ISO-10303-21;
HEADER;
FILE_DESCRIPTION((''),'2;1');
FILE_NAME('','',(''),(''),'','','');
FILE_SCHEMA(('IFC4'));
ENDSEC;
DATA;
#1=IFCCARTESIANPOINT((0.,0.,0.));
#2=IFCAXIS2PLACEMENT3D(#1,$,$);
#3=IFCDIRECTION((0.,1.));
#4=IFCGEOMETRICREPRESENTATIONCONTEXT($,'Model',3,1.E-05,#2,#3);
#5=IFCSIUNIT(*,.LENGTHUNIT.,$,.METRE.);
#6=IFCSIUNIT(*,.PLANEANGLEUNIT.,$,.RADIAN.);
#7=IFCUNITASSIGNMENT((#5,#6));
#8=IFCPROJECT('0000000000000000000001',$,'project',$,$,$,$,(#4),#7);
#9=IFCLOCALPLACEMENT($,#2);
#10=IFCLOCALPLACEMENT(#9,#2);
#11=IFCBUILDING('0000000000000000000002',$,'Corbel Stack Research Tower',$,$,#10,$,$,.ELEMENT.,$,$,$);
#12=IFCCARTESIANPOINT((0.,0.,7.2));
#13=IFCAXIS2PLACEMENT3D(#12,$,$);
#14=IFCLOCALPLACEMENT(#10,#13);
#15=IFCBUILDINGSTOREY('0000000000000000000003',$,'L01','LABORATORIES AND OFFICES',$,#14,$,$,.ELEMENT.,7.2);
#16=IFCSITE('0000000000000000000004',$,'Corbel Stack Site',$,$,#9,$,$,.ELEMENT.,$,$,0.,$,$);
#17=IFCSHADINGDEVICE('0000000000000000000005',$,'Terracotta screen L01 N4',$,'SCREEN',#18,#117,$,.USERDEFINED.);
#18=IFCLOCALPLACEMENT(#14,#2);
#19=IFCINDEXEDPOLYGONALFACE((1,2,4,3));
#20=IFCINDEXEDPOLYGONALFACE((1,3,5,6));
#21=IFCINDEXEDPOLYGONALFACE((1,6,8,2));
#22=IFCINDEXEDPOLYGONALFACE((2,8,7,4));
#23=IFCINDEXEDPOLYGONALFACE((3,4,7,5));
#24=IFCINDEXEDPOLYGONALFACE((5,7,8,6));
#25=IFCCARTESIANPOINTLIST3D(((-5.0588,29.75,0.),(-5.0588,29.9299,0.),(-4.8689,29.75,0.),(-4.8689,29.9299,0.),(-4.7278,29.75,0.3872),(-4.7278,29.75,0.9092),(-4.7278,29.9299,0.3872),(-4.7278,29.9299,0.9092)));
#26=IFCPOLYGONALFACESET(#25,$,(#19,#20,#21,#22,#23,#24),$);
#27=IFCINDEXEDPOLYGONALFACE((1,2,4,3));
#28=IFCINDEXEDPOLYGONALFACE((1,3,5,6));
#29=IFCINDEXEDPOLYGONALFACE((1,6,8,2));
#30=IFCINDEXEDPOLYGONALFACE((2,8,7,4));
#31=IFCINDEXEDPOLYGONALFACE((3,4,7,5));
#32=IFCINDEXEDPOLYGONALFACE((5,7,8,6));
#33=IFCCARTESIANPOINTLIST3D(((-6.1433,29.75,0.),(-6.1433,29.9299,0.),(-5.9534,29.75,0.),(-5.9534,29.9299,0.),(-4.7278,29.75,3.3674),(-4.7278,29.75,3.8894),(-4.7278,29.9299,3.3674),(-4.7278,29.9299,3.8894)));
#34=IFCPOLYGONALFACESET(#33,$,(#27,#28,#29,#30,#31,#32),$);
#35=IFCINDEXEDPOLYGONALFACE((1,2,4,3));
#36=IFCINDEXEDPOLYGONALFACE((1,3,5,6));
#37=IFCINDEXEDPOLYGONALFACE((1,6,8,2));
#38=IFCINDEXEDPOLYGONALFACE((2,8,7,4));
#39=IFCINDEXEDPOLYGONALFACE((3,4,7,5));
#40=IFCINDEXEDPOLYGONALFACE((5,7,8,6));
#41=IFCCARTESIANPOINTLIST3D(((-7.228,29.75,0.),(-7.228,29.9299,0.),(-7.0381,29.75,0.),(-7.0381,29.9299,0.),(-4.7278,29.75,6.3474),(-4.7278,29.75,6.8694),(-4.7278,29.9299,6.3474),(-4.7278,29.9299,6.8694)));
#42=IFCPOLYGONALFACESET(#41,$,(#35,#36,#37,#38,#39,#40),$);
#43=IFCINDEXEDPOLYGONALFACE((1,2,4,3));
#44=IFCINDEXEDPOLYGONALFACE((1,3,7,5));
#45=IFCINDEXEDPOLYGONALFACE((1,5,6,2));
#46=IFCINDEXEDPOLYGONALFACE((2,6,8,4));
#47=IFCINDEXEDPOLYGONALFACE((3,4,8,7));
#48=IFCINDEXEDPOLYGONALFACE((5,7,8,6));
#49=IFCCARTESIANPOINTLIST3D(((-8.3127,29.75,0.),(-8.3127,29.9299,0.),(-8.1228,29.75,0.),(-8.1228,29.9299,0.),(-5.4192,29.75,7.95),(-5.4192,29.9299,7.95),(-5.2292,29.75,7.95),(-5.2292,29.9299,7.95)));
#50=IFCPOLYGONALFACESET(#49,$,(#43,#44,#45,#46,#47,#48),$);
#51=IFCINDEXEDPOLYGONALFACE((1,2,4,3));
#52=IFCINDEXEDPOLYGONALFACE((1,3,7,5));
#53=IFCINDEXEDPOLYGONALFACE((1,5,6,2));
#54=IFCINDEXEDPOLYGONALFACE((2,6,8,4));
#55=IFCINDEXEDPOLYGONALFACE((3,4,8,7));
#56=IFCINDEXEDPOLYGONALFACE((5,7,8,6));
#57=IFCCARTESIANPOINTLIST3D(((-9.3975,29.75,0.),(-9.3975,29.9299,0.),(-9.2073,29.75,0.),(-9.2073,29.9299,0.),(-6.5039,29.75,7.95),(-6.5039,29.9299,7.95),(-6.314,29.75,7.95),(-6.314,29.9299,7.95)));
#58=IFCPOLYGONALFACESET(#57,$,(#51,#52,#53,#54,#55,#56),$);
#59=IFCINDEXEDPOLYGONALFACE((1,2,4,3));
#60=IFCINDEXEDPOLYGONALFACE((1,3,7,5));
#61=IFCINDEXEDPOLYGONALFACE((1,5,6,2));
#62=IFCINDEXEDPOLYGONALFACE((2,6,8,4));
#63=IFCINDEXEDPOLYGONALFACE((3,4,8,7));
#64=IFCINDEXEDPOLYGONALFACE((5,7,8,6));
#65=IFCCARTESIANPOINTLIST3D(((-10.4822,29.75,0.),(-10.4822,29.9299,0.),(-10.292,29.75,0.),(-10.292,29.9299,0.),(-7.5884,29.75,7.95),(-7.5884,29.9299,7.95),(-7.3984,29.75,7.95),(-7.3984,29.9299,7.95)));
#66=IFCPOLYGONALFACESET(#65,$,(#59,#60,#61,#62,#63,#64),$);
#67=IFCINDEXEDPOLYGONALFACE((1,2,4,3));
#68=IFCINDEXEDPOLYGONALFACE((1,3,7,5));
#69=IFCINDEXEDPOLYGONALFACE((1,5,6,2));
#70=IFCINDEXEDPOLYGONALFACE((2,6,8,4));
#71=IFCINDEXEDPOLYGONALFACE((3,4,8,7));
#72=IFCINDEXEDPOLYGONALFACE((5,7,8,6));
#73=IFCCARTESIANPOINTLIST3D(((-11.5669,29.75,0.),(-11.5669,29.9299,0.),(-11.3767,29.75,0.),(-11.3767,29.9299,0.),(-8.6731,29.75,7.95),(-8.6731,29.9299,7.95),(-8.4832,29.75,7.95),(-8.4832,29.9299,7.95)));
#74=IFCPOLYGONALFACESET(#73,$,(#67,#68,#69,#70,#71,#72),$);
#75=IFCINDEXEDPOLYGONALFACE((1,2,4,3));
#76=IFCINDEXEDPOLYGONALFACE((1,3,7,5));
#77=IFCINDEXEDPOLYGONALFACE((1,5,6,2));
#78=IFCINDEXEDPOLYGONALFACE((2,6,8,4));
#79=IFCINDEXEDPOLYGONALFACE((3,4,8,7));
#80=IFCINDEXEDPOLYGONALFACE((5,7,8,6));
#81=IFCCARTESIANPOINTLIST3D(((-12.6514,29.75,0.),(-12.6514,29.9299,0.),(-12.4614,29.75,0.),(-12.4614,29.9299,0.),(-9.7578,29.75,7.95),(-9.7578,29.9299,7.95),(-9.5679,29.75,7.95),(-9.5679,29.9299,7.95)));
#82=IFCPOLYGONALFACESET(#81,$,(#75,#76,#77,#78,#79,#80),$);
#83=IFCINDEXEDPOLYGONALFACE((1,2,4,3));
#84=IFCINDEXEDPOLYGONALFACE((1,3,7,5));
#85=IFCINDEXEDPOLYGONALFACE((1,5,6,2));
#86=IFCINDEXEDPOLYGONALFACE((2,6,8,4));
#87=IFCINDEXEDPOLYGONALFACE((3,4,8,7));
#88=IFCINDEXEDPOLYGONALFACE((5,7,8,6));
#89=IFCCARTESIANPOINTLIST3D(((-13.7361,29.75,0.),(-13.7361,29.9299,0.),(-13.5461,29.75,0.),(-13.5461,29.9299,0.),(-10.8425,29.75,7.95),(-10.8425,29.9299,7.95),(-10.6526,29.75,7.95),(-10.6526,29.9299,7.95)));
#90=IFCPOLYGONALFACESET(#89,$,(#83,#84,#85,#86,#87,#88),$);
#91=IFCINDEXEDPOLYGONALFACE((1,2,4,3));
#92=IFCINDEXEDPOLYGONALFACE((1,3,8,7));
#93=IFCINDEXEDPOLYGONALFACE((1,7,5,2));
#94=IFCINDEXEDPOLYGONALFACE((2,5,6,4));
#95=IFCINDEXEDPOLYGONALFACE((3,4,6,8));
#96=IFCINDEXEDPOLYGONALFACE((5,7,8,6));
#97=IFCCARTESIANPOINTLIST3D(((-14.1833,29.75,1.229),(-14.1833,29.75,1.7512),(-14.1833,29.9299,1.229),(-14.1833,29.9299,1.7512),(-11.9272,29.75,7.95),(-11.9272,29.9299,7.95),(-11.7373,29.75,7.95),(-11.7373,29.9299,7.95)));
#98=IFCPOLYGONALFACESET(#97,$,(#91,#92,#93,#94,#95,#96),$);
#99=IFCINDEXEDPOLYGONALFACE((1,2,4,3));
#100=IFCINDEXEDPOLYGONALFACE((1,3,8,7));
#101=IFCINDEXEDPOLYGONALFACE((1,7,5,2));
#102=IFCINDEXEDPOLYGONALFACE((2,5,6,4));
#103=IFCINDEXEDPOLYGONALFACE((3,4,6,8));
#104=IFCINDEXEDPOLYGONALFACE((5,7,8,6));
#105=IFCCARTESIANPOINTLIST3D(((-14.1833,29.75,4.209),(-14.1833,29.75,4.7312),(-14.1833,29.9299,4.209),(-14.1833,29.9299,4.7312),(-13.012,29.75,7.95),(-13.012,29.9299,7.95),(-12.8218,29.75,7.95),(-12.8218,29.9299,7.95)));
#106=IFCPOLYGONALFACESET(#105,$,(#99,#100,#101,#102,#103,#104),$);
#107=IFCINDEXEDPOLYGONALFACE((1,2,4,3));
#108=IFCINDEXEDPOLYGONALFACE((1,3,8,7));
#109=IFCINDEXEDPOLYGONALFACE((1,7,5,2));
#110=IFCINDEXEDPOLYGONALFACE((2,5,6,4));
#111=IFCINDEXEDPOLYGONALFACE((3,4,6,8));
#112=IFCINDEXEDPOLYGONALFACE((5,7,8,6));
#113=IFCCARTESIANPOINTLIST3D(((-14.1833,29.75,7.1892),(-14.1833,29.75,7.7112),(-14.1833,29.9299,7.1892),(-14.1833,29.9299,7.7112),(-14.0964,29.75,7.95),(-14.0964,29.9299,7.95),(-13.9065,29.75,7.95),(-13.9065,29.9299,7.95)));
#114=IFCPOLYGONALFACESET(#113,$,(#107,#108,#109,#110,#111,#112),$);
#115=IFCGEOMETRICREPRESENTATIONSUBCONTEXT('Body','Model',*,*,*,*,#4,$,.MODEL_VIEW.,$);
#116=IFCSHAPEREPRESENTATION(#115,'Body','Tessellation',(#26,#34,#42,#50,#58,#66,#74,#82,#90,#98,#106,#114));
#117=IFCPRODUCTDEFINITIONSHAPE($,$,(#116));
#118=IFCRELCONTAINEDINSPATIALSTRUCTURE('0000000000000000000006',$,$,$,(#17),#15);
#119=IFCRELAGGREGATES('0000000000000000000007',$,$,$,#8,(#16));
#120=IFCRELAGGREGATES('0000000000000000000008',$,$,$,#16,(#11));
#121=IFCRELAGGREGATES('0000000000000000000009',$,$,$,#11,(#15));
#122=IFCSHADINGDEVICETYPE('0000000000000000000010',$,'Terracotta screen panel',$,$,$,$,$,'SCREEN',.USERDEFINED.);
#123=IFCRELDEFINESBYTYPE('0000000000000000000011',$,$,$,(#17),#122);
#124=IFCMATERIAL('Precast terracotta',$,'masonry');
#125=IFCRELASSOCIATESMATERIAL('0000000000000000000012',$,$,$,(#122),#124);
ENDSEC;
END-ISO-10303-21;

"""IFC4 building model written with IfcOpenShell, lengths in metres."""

from ifc_helpers import new_model, si_unit, direction, frame, origin, place, context, subcontext, project, spatial, polyline, outline, extrude, source, transform, mapped, material, type_object, element, save


model = new_model("IFC4")

# Units and contexts
model_context = context("Model", 3, precision=1e-05, world=origin(), true_north=direction((0.0, 1.0)))
body_context = subcontext(model_context, "Body", "Model", "MODEL_VIEW")
ifc_project = project(units=[si_unit("LENGTHUNIT", "METRE"), si_unit("PLANEANGLEUNIT", "RADIAN")], contexts=[model_context])

# Site, building, storey
site_placement = place(None, origin())
site = spatial("IfcSite", under=ifc_project, at=site_placement, Name="Corbel Stack Site", CompositionType="ELEMENT", RefElevation=0.0)
building_placement = place(site_placement, origin())
building = spatial("IfcBuilding", under=site, at=building_placement, Name="Corbel Stack Research Tower", CompositionType="ELEMENT")
storey_placement = place(building_placement, frame((0.0, 0.0, 7.2)))
storey = spatial("IfcBuildingStorey", under=building, at=storey_placement, Name="L01", Description="LABORATORIES AND OFFICES", CompositionType="ELEMENT", Elevation=7.2)

# Shading device
ifc_material_1 = material(Name="Precast terracotta", Category="masonry")
shading_device_type = type_object("IfcShadingDeviceType", Name="Terracotta screen panel", ElementType="SCREEN", PredefinedType="USERDEFINED", material=ifc_material_1)
shared_shape_1 = source(origin(), body_context, "Body", "SweptSolid", [
    extrude(outline(polyline([(0.3311, 0.0), (0.0, 0.9092), (0.0, 0.3872), (0.1411, 0.0), (0.3311, 0.0)])), frame((0.0, 0.0, 0.0), z_axis=(0.0, -1.0, 0.0), x_axis=(1.0, 0.0, 0.0)), (0.0, 0.0, 1.0), 0.1799),
    extrude(outline(polyline([(1.4155, 0.0), (0.0, 3.8894), (0.0, 3.3674), (1.2256, 0.0), (1.4155, 0.0)])), frame((0.0, 0.0, 0.0), z_axis=(0.0, -1.0, 0.0), x_axis=(1.0, 0.0, 0.0)), (0.0, 0.0, 1.0), 0.1799),
    extrude(outline(polyline([(2.5002, 0.0), (0.0, 6.8694), (0.0, 6.3474), (2.3103, 0.0), (2.5002, 0.0)])), frame((0.0, 0.0, 0.0), z_axis=(0.0, -1.0, 0.0), x_axis=(1.0, 0.0, 0.0)), (0.0, 0.0, 1.0), 0.1799),
    extrude(outline(polyline([(3.585, 0.0), (0.6914, 7.95), (0.5015, 7.95), (3.395, 0.0), (3.585, 0.0)])), frame((0.0, 0.0, 0.0), z_axis=(0.0, -1.0, 0.0), x_axis=(1.0, 0.0, 0.0)), (0.0, 0.0, 1.0), 0.1799),
    extrude(outline(polyline([(4.6697, 0.0), (1.7761, 7.95), (1.5862, 7.95), (4.4795, 0.0), (4.6697, 0.0)])), frame((0.0, 0.0, 0.0), z_axis=(0.0, -1.0, 0.0), x_axis=(1.0, 0.0, 0.0)), (0.0, 0.0, 1.0), 0.1799),
    extrude(outline(polyline([(5.7544, 0.0), (2.8606, 7.95), (2.6707, 7.95), (5.5642, 0.0), (5.7544, 0.0)])), frame((0.0, 0.0, 0.0), z_axis=(0.0, -1.0, 0.0), x_axis=(1.0, 0.0, 0.0)), (0.0, 0.0, 1.0), 0.1799),
    extrude(outline(polyline([(6.8391, 0.0), (3.9453, 7.95), (3.7554, 7.95), (6.6489, 0.0), (6.8391, 0.0)])), frame((0.0, 0.0, 0.0), z_axis=(0.0, -1.0, 0.0), x_axis=(1.0, 0.0, 0.0)), (0.0, 0.0, 1.0), 0.1799),
    extrude(outline(polyline([(7.9236, 0.0), (5.03, 7.95), (4.8401, 7.95), (7.7336, 0.0), (7.9236, 0.0)])), frame((0.0, 0.0, 0.0), z_axis=(0.0, -1.0, 0.0), x_axis=(1.0, 0.0, 0.0)), (0.0, 0.0, 1.0), 0.1799),
    extrude(outline(polyline([(9.0083, 0.0), (6.1147, 7.95), (5.9248, 7.95), (8.8184, 0.0), (9.0083, 0.0)])), frame((0.0, 0.0, 0.0), z_axis=(0.0, -1.0, 0.0), x_axis=(1.0, 0.0, 0.0)), (0.0, 0.0, 1.0), 0.1799),
    extrude(outline(polyline([(7.1995, 7.95), (7.0095, 7.95), (9.4556, 1.229), (9.4556, 1.7512), (7.1995, 7.95)])), frame((0.0, 0.0, 0.0), z_axis=(0.0, -1.0, 0.0), x_axis=(1.0, 0.0, 0.0)), (0.0, 0.0, 1.0), 0.1799),
    extrude(outline(polyline([(8.2842, 7.95), (8.094, 7.95), (9.4556, 4.209), (9.4556, 4.7312), (8.2842, 7.95)])), frame((0.0, 0.0, 0.0), z_axis=(0.0, -1.0, 0.0), x_axis=(1.0, 0.0, 0.0)), (0.0, 0.0, 1.0), 0.1799),
    extrude(outline(polyline([(9.3687, 7.95), (9.1787, 7.95), (9.4556, 7.1892), (9.4556, 7.7112), (9.3687, 7.95)])), frame((0.0, 0.0, 0.0), z_axis=(0.0, -1.0, 0.0), x_axis=(1.0, 0.0, 0.0)), (0.0, 0.0, 1.0), 0.1799),
])
shading_device_1_placement = place(storey_placement, frame((-4.7278, 29.75, 0.0), z_axis=(0.0, 0.0, 1.0), x_axis=(-1.0, 0.0, 0.0)))
element("IfcShadingDevice", 1, at=shading_device_1_placement, inside=storey, type_object=shading_device_type, Name="Terracotta screen L01 N4", ObjectType="SCREEN", PredefinedType="USERDEFINED", context=body_context, shape_type="MappedRepresentation", body=[
    mapped(shared_shape_1, transform((0.0, 0.0, 0.0))),
])

save(model, "model.ifc")
